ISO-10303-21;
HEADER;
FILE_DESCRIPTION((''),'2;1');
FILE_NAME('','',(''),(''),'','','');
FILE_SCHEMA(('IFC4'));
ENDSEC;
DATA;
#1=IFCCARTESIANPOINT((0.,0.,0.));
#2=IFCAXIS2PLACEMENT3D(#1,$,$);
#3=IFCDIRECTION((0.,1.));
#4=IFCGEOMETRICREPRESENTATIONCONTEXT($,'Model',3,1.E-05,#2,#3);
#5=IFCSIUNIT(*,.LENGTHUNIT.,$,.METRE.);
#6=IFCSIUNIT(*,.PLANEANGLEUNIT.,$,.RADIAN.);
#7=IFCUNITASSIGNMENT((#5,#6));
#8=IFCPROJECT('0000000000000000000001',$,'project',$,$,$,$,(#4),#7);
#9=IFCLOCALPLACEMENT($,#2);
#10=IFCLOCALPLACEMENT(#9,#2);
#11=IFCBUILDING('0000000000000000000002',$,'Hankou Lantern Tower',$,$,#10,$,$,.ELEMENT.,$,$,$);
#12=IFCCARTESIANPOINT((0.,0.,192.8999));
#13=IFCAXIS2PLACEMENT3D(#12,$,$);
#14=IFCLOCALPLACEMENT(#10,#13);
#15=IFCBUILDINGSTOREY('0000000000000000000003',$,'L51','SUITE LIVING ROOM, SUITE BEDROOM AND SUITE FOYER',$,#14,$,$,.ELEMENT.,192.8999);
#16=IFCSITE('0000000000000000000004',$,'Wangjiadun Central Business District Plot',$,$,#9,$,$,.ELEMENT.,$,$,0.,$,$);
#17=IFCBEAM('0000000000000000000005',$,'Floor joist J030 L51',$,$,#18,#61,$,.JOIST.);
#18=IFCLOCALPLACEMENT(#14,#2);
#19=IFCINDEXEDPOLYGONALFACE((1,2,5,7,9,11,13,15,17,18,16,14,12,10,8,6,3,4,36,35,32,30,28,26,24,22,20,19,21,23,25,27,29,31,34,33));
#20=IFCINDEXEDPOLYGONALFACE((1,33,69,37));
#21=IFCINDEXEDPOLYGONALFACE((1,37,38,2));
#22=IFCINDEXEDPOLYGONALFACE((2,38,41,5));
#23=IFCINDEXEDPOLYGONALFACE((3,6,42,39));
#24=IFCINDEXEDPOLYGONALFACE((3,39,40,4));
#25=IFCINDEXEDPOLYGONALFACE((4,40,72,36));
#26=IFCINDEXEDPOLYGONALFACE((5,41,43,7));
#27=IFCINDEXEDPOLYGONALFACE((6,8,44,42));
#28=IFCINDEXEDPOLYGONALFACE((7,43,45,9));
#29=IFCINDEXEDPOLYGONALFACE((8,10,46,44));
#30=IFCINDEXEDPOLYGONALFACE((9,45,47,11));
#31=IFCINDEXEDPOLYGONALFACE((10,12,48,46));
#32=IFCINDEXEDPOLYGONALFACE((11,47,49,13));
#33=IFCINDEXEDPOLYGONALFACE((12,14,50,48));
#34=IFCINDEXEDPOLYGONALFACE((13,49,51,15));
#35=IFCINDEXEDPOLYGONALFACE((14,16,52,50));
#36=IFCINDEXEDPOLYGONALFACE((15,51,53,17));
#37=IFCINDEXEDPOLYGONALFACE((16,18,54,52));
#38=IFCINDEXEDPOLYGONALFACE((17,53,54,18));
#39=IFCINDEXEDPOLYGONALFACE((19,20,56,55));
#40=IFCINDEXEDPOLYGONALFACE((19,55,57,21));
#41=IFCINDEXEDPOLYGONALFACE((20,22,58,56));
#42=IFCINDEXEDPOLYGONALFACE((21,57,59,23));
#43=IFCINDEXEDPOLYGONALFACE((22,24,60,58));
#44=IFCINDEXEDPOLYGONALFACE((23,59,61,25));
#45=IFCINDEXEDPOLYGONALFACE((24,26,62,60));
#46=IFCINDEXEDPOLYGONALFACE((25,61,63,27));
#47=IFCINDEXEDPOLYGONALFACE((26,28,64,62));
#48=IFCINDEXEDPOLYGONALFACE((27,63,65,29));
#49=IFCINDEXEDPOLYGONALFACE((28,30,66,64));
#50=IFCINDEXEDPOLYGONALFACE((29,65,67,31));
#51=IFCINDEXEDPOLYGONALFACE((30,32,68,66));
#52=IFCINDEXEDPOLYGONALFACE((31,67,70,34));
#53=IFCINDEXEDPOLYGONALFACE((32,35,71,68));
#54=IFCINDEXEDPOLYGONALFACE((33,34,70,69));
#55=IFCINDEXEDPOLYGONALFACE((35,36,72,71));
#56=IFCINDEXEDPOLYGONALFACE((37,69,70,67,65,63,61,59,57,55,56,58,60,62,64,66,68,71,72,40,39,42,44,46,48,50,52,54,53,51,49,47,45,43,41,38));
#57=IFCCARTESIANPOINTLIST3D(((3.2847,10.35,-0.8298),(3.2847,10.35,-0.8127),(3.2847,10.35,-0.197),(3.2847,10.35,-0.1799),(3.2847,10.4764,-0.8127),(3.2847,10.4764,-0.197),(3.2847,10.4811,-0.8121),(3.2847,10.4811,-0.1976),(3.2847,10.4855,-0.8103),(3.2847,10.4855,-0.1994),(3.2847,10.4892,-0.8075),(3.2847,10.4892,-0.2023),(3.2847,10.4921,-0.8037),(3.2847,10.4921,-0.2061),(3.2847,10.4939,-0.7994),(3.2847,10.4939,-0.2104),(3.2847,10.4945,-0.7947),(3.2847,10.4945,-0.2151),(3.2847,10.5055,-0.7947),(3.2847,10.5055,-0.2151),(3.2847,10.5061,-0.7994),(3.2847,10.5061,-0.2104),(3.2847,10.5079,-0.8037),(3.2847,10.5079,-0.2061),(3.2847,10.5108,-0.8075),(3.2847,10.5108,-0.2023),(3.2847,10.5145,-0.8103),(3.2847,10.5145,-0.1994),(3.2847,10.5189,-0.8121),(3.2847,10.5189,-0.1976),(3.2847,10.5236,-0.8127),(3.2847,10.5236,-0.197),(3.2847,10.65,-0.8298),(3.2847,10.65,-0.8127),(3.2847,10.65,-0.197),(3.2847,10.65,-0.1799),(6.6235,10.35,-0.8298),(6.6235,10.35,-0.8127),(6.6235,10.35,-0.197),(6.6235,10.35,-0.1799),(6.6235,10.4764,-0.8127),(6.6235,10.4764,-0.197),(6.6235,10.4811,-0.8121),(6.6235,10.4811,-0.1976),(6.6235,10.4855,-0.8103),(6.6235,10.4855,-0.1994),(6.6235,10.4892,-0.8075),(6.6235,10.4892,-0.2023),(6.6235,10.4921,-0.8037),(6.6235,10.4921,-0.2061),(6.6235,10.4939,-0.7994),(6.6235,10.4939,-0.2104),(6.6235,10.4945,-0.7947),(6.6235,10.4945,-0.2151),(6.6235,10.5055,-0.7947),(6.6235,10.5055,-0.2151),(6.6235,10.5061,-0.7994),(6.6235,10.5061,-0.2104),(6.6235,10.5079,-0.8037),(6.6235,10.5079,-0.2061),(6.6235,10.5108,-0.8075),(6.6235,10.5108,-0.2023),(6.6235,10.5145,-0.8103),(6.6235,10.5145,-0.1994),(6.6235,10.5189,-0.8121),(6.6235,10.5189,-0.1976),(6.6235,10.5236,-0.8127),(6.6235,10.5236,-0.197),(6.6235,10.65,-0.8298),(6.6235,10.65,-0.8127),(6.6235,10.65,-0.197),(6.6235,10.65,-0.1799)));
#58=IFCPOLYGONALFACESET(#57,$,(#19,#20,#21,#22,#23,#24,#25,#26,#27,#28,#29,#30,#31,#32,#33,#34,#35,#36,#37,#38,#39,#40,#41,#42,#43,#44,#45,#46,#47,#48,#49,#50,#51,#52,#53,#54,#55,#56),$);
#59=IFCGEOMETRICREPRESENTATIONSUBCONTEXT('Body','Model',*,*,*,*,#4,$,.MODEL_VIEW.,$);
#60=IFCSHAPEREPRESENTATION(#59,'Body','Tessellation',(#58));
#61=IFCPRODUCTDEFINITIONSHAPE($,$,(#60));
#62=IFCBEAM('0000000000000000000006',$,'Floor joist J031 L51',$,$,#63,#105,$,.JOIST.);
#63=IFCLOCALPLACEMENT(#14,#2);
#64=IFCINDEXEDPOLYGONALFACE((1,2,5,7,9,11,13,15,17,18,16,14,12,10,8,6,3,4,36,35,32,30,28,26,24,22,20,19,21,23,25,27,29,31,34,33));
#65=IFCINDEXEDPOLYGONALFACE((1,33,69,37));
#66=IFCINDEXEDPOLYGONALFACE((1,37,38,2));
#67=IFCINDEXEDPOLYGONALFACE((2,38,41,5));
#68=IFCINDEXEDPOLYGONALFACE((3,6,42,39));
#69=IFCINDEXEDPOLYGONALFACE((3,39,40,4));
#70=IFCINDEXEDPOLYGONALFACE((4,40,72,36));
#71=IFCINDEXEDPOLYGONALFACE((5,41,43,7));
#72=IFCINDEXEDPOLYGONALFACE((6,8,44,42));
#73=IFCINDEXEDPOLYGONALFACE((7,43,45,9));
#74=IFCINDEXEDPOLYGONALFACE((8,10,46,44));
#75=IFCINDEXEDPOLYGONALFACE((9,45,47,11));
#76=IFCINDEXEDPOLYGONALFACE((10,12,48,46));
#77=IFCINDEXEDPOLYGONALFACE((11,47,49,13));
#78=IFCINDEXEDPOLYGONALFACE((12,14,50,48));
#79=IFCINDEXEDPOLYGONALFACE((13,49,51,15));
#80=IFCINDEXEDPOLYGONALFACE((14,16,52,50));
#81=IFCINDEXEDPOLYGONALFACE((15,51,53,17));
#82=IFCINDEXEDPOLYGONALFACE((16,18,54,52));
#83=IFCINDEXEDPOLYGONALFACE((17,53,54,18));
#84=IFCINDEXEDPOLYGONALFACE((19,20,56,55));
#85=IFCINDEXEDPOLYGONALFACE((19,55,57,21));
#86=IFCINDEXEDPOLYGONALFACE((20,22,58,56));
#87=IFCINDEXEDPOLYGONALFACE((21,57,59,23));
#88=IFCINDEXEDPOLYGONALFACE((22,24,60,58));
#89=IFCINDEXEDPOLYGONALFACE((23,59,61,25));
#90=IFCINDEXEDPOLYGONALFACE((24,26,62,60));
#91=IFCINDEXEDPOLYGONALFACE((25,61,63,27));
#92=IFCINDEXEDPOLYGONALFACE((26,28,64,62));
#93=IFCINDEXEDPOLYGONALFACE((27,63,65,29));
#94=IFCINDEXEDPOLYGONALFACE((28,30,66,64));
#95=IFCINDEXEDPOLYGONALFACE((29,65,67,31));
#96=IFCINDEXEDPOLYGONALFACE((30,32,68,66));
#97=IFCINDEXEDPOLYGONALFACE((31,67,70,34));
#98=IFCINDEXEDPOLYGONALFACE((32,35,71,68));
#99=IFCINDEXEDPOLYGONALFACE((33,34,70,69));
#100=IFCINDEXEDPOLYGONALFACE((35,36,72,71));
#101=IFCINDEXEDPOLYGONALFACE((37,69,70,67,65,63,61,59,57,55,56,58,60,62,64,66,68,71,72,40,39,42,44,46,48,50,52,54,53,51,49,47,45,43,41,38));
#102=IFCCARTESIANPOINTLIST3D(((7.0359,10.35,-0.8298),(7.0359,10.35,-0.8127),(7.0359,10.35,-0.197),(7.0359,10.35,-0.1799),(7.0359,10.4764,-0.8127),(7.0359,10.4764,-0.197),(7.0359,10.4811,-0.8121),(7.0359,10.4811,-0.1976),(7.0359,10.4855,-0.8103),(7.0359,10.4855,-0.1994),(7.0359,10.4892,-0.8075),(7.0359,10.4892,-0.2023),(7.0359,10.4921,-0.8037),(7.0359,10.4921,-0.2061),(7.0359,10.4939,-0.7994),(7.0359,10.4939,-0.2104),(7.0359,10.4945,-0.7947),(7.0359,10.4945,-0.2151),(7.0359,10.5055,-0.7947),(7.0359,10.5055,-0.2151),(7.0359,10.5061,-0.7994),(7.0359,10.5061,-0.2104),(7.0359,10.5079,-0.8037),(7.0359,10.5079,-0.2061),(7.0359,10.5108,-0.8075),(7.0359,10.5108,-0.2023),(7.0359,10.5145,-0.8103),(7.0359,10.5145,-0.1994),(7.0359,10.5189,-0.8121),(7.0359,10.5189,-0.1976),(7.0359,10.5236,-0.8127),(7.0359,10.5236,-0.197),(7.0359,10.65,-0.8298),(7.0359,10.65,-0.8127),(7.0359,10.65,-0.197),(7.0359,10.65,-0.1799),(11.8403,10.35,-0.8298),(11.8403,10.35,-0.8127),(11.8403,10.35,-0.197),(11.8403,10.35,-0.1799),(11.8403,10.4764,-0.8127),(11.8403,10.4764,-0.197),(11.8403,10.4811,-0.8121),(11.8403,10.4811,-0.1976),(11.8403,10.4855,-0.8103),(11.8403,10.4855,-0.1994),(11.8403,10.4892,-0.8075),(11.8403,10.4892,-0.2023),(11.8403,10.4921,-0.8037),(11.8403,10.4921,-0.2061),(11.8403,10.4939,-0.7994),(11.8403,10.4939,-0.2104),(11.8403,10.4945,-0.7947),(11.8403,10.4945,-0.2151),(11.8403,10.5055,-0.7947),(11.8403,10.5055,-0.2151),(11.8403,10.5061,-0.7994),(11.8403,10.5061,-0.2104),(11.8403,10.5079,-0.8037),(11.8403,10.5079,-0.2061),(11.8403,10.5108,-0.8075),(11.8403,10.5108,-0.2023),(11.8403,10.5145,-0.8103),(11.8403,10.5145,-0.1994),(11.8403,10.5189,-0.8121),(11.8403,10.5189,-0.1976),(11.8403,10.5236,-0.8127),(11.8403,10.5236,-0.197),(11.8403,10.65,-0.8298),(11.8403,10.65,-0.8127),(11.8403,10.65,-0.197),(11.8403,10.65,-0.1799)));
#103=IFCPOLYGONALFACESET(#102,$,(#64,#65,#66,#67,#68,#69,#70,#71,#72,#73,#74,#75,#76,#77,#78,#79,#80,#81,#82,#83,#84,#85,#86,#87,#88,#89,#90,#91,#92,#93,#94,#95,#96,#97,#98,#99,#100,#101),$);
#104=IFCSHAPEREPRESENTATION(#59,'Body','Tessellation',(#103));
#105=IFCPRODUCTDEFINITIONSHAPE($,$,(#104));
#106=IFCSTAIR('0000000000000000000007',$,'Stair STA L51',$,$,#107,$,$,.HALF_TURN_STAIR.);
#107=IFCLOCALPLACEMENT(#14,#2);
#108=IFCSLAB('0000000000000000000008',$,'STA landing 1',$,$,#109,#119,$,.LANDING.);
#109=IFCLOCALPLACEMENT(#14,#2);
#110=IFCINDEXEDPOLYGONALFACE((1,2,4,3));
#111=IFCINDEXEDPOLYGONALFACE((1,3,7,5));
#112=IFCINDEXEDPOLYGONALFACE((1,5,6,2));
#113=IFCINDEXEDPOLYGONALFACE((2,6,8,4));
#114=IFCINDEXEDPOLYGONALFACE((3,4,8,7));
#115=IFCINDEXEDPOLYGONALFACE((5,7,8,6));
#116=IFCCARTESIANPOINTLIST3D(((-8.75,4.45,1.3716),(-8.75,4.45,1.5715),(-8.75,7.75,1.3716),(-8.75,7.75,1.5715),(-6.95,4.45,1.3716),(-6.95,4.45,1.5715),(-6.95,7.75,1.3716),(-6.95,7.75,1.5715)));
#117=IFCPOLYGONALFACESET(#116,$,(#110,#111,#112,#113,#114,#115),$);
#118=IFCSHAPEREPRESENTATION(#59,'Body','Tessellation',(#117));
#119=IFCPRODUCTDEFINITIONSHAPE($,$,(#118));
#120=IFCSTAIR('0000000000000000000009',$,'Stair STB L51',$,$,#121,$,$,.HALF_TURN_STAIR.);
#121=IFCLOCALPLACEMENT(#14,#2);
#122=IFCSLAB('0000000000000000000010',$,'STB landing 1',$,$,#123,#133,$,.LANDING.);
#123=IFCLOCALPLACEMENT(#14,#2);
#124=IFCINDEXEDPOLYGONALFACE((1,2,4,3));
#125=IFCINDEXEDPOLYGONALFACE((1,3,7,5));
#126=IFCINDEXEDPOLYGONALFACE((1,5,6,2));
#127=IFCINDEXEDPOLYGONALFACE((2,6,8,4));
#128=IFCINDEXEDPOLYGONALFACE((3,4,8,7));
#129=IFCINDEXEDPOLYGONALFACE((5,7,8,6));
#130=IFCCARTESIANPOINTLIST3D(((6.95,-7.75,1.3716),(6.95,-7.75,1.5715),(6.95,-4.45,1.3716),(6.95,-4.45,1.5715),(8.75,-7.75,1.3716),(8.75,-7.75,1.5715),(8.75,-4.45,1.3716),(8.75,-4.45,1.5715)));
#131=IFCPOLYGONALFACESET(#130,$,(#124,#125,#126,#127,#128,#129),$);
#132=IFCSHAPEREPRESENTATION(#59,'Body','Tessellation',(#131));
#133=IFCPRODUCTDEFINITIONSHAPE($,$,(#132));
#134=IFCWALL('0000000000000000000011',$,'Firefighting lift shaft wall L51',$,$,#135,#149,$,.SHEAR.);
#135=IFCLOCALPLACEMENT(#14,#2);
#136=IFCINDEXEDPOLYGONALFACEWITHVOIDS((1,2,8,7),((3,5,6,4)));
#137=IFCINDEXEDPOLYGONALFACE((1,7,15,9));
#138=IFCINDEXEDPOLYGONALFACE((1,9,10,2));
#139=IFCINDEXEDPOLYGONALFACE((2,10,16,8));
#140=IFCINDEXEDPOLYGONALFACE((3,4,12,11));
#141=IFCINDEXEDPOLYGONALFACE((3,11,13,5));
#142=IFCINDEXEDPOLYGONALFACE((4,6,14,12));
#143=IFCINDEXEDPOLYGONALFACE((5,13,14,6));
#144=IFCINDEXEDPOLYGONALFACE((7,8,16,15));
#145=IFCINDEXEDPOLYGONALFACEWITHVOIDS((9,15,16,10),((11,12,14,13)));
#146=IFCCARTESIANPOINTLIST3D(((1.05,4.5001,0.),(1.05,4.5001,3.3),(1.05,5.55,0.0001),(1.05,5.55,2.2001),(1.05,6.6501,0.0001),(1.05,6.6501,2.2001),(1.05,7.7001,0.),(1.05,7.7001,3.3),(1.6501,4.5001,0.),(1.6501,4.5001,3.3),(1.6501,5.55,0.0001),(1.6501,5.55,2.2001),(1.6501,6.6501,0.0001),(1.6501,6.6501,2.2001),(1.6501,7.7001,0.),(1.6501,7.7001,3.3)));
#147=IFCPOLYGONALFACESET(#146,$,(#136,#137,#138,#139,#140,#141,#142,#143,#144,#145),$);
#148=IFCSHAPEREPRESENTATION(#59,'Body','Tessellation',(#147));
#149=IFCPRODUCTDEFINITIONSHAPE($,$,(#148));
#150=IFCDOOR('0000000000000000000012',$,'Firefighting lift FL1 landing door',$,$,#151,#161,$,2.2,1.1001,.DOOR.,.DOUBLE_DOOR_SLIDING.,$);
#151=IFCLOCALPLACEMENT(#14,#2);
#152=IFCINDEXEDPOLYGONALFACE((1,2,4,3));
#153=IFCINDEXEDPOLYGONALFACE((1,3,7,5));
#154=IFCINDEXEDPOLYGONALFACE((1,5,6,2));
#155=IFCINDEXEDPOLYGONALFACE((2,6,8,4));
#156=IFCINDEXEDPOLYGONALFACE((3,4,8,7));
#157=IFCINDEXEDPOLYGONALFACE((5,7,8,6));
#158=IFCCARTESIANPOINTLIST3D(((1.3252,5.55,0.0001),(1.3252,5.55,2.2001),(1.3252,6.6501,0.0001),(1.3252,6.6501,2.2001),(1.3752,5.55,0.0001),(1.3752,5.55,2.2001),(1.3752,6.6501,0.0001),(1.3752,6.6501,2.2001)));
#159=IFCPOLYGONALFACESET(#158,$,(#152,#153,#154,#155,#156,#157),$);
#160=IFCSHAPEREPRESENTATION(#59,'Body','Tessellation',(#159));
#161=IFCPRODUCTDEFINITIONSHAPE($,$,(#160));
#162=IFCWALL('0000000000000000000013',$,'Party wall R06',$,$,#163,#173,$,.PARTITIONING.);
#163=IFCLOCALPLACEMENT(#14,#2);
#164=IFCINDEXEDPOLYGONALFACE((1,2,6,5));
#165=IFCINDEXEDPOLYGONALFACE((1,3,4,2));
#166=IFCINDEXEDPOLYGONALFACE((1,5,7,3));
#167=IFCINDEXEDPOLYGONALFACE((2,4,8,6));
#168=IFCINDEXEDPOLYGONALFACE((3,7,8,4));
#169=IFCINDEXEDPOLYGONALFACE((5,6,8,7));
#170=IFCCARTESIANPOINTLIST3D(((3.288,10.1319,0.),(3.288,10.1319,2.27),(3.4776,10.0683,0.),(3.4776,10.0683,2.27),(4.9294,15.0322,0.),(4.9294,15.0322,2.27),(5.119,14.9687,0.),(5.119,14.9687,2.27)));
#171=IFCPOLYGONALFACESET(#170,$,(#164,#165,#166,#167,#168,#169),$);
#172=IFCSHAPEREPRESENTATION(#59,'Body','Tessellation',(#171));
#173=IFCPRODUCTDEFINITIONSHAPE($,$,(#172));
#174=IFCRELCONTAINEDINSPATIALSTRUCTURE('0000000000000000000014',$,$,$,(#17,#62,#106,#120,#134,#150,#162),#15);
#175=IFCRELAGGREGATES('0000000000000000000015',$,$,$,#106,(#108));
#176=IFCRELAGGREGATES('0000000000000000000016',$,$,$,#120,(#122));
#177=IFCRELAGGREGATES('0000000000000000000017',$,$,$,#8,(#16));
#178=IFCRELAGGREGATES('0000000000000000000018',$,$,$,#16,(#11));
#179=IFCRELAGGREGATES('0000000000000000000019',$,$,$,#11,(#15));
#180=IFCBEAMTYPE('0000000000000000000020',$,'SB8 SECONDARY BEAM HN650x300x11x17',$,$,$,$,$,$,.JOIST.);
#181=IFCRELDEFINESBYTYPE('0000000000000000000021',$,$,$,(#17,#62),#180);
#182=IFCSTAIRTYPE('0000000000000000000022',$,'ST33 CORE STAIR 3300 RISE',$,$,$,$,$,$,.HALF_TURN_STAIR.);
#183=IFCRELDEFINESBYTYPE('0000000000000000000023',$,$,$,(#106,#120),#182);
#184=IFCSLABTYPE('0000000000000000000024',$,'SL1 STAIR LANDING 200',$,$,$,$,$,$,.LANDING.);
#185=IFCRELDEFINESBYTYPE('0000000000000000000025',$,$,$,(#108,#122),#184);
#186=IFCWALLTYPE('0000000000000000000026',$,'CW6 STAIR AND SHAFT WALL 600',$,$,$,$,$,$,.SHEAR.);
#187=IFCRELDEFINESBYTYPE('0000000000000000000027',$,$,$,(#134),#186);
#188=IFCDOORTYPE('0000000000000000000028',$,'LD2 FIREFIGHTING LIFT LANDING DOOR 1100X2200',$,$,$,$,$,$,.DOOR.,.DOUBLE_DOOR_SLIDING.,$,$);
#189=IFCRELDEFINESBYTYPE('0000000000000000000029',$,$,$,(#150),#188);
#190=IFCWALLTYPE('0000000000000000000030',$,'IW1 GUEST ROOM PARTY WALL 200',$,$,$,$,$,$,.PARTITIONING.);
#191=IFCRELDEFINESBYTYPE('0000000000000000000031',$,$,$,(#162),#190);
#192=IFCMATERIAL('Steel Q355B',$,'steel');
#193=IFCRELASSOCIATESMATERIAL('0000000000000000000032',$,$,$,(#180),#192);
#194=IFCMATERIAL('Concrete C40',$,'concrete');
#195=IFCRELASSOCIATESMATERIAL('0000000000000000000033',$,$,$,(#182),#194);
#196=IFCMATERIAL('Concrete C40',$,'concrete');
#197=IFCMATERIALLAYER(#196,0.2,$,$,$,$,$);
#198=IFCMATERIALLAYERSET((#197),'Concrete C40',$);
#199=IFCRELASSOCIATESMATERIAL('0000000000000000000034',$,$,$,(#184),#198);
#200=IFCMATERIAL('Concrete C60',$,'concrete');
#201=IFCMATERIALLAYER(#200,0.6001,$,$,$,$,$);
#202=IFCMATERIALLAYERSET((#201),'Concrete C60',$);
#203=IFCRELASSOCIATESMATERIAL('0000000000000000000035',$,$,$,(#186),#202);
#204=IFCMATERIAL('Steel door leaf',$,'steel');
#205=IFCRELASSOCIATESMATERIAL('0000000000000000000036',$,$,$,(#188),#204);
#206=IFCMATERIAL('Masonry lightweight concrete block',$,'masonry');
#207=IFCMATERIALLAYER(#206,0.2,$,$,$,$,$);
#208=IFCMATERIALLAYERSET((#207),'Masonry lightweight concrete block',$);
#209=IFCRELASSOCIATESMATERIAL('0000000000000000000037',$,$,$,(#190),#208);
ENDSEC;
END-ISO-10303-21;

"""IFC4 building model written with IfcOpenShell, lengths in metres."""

from ifc_helpers import new_model, si_unit, direction, frame, frame_2d, origin, origin_2d, place, context, subcontext, project, spatial, polyline, rectangle, i_section, outline, extrude, material, layer, layer_set, material_profile, profile_set, type_object, element, fill, aggregate, save


model = new_model("IFC4")

# Units and contexts
model_context = context("Model", 3, precision=1e-05, world=origin(), true_north=direction((0.0, 1.0)))
body_context = subcontext(model_context, "Body", "Model", "MODEL_VIEW")
ifc_project = project(units=[si_unit("LENGTHUNIT", "METRE"), si_unit("PLANEANGLEUNIT", "RADIAN")], contexts=[model_context])

# Site, building, storey
site_placement = place(None, origin())
site = spatial("IfcSite", under=ifc_project, at=site_placement, Name="Wangjiadun Central Business District Plot", CompositionType="ELEMENT", RefElevation=0.0)
building_placement = place(site_placement, origin())
building = spatial("IfcBuilding", under=site, at=building_placement, Name="Hankou Lantern Tower", CompositionType="ELEMENT")
storey_placement = place(building_placement, frame((0.0, 0.0, 192.8999)))
storey = spatial("IfcBuildingStorey", under=building, at=storey_placement, Name="L51", Description="SUITE LIVING ROOM, SUITE BEDROOM AND SUITE FOYER", CompositionType="ELEMENT", Elevation=192.8999)

# Beams
ifc_material_1 = material(Name="Steel Q355B", Category="steel")
ifc_material_profile_1 = material_profile(ifc_material_1, i_section(OverallWidth=0.3, OverallDepth=0.6499, WebThickness=0.011, FlangeThickness=0.0171, FilletRadius=0.0181, at=origin_2d()), Name="HN650x300x11x17")
ifc_profile_set_1 = profile_set([ifc_material_profile_1], Name="Steel Q355B")
beam_type_1 = type_object("IfcBeamType", Name="SB8 SECONDARY BEAM HN650x300x11x17", PredefinedType="JOIST", material=ifc_profile_set_1)
beam_1_placement = place(storey_placement, frame((3.2847, 10.5, -0.5049), z_axis=(1.0, 0.0, 0.0), x_axis=(0.0, 1.0, 0.0)))
element("IfcBeam", 1, at=beam_1_placement, inside=storey, type_object=beam_type_1, Name="Floor joist J030 L51", PredefinedType="JOIST", context=body_context, shape_type="SweptSolid", body=[
    extrude(i_section(OverallWidth=0.3, OverallDepth=0.6499, WebThickness=0.011, FlangeThickness=0.0171, FilletRadius=0.0181, at=origin_2d()), origin(), (0.0, 0.0, 1.0), 3.3389),
])
beam_2_placement = place(storey_placement, frame((7.0359, 10.5, -0.5049), z_axis=(1.0, 0.0, 0.0), x_axis=(0.0, 1.0, 0.0)))
element("IfcBeam", 2, at=beam_2_placement, inside=storey, type_object=beam_type_1, Name="Floor joist J031 L51", PredefinedType="JOIST", context=body_context, shape_type="SweptSolid", body=[
    extrude(i_section(OverallWidth=0.3, OverallDepth=0.6499, WebThickness=0.011, FlangeThickness=0.0171, FilletRadius=0.0181, at=origin_2d()), origin(), (0.0, 0.0, 1.0), 4.8044),
])

# Stairs, slabs
ifc_material_2 = material(Name="Concrete C40", Category="concrete")
stair_type = type_object("IfcStairType", Name="ST33 CORE STAIR 3300 RISE", PredefinedType="HALF_TURN_STAIR", material=ifc_material_2)
stair_1_placement = place(storey_placement, origin())
stair_1 = element("IfcStair", 3, at=stair_1_placement, inside=storey, type_object=stair_type, Name="Stair STA L51", PredefinedType="HALF_TURN_STAIR")
ifc_material_3 = material(Name="Concrete C40", Category="concrete")
ifc_layer_1 = layer(ifc_material_3, 0.2)
ifc_layer_set_1 = layer_set([ifc_layer_1], Name="Concrete C40")
slab_type = type_object("IfcSlabType", Name="SL1 STAIR LANDING 200", PredefinedType="LANDING", material=ifc_layer_set_1)
slab_1_placement = place(storey_placement, frame((0.0, 0.0, 1.3716)))
slab_1 = element("IfcSlab", 4, at=slab_1_placement, type_object=slab_type, Name="STA landing 1", PredefinedType="LANDING", context=body_context, shape_type="SweptSolid", body=[
    extrude(outline(polyline([(-8.75, 4.45), (-6.95, 4.45), (-6.95, 7.75), (-8.75, 7.75), (-8.75, 4.45)])), origin(), (0.0, 0.0, 1.0), 0.2),
])
aggregate(stair_1, [slab_1])
stair_2_placement = place(storey_placement, origin())
stair_2 = element("IfcStair", 5, at=stair_2_placement, inside=storey, type_object=stair_type, Name="Stair STB L51", PredefinedType="HALF_TURN_STAIR")
slab_2_placement = place(storey_placement, frame((0.0, 0.0, 1.3716)))
slab_2 = element("IfcSlab", 6, at=slab_2_placement, type_object=slab_type, Name="STB landing 1", PredefinedType="LANDING", context=body_context, shape_type="SweptSolid", body=[
    extrude(outline(polyline([(8.75, -4.45), (6.95, -4.45), (6.95, -7.75), (8.75, -7.75), (8.75, -4.45)])), origin(), (0.0, 0.0, 1.0), 0.2),
])
aggregate(stair_2, [slab_2])

# Wall, opening, door
ifc_material_4 = material(Name="Concrete C60", Category="concrete")
ifc_layer_2 = layer(ifc_material_4, 0.6001)
ifc_layer_set_2 = layer_set([ifc_layer_2], Name="Concrete C60")
wall_type_1 = type_object("IfcWallType", Name="CW6 STAIR AND SHAFT WALL 600", PredefinedType="SHEAR", material=ifc_layer_set_2)
wall_1_placement = place(storey_placement, frame((1.3501, 4.5, 0.0), z_axis=(0.0, 0.0, 1.0), x_axis=(0.0, 1.0, 0.0)))
wall_1 = element("IfcWall", 7, at=wall_1_placement, inside=storey, type_object=wall_type_1, Name="Firefighting lift shaft wall L51", PredefinedType="SHEAR", context=body_context, shape_type="SweptSolid", body=[
    extrude(rectangle(XDim=3.2, YDim=0.6001, at=frame_2d((1.6001, 0.0))), origin(), (0.0, 0.0, 1.0), 3.3),
])
opening_1_placement = place(wall_1_placement, frame((1.05, 0.0, 0.0)))
opening_1 = element("IfcOpeningElement", 8, at=opening_1_placement, cuts=wall_1, PredefinedType="OPENING", context=body_context, shape_type="SweptSolid", body=[
    extrude(rectangle(XDim=1.1001, YDim=2.2, at=frame_2d((0.55, 1.1001))), frame((0.0, 0.3101, 0.0), z_axis=(0.0, -1.0, 0.0), x_axis=(1.0, 0.0, 0.0)), (0.0, 0.0, 1.0), 0.6201),
])
ifc_material_5 = material(Name="Steel door leaf", Category="steel")
door_type_1 = type_object("IfcDoorType", Name="LD2 FIREFIGHTING LIFT LANDING DOOR 1100X2200", OperationType="DOUBLE_DOOR_SLIDING", PredefinedType="DOOR", material=ifc_material_5)
door_1_placement = place(opening_1_placement, origin())
door_1 = element("IfcDoor", 9, at=door_1_placement, inside=storey, type_object=door_type_1, Name="Firefighting lift FL1 landing door", OperationType="DOUBLE_DOOR_SLIDING", OverallHeight=2.2, OverallWidth=1.1001, PredefinedType="DOOR", context=body_context, shape_type="SweptSolid", body=[
    extrude(rectangle(XDim=1.1001, YDim=2.2, at=frame_2d((0.55, 1.1001))), frame((0.0, 0.0249, 0.0), z_axis=(0.0, -1.0, 0.0), x_axis=(1.0, 0.0, 0.0)), (0.0, 0.0, 1.0), 0.05),
])
fill(opening_1, door_1)

# Wall
ifc_material_6 = material(Name="Masonry lightweight concrete block", Category="masonry")
ifc_layer_3 = layer(ifc_material_6, 0.2)
ifc_layer_set_3 = layer_set([ifc_layer_3], Name="Masonry lightweight concrete block")
wall_type_2 = type_object("IfcWallType", Name="IW1 GUEST ROOM PARTY WALL 200", PredefinedType="PARTITIONING", material=ifc_layer_set_3)
wall_2_placement = place(storey_placement, frame((3.3828, 10.1001, 0.0), z_axis=(0.0, 0.0, 1.0), x_axis=(0.317602, 0.948224, 0.0)))
element("IfcWall", 10, at=wall_2_placement, inside=storey, type_object=wall_type_2, Name="Party wall R06", PredefinedType="PARTITIONING", context=body_context, shape_type="SweptSolid", body=[
    extrude(rectangle(XDim=5.168, YDim=0.2, at=frame_2d((2.584, 0.0))), origin(), (0.0, 0.0, 1.0), 2.27),
])

save(model, "model.ifc")
